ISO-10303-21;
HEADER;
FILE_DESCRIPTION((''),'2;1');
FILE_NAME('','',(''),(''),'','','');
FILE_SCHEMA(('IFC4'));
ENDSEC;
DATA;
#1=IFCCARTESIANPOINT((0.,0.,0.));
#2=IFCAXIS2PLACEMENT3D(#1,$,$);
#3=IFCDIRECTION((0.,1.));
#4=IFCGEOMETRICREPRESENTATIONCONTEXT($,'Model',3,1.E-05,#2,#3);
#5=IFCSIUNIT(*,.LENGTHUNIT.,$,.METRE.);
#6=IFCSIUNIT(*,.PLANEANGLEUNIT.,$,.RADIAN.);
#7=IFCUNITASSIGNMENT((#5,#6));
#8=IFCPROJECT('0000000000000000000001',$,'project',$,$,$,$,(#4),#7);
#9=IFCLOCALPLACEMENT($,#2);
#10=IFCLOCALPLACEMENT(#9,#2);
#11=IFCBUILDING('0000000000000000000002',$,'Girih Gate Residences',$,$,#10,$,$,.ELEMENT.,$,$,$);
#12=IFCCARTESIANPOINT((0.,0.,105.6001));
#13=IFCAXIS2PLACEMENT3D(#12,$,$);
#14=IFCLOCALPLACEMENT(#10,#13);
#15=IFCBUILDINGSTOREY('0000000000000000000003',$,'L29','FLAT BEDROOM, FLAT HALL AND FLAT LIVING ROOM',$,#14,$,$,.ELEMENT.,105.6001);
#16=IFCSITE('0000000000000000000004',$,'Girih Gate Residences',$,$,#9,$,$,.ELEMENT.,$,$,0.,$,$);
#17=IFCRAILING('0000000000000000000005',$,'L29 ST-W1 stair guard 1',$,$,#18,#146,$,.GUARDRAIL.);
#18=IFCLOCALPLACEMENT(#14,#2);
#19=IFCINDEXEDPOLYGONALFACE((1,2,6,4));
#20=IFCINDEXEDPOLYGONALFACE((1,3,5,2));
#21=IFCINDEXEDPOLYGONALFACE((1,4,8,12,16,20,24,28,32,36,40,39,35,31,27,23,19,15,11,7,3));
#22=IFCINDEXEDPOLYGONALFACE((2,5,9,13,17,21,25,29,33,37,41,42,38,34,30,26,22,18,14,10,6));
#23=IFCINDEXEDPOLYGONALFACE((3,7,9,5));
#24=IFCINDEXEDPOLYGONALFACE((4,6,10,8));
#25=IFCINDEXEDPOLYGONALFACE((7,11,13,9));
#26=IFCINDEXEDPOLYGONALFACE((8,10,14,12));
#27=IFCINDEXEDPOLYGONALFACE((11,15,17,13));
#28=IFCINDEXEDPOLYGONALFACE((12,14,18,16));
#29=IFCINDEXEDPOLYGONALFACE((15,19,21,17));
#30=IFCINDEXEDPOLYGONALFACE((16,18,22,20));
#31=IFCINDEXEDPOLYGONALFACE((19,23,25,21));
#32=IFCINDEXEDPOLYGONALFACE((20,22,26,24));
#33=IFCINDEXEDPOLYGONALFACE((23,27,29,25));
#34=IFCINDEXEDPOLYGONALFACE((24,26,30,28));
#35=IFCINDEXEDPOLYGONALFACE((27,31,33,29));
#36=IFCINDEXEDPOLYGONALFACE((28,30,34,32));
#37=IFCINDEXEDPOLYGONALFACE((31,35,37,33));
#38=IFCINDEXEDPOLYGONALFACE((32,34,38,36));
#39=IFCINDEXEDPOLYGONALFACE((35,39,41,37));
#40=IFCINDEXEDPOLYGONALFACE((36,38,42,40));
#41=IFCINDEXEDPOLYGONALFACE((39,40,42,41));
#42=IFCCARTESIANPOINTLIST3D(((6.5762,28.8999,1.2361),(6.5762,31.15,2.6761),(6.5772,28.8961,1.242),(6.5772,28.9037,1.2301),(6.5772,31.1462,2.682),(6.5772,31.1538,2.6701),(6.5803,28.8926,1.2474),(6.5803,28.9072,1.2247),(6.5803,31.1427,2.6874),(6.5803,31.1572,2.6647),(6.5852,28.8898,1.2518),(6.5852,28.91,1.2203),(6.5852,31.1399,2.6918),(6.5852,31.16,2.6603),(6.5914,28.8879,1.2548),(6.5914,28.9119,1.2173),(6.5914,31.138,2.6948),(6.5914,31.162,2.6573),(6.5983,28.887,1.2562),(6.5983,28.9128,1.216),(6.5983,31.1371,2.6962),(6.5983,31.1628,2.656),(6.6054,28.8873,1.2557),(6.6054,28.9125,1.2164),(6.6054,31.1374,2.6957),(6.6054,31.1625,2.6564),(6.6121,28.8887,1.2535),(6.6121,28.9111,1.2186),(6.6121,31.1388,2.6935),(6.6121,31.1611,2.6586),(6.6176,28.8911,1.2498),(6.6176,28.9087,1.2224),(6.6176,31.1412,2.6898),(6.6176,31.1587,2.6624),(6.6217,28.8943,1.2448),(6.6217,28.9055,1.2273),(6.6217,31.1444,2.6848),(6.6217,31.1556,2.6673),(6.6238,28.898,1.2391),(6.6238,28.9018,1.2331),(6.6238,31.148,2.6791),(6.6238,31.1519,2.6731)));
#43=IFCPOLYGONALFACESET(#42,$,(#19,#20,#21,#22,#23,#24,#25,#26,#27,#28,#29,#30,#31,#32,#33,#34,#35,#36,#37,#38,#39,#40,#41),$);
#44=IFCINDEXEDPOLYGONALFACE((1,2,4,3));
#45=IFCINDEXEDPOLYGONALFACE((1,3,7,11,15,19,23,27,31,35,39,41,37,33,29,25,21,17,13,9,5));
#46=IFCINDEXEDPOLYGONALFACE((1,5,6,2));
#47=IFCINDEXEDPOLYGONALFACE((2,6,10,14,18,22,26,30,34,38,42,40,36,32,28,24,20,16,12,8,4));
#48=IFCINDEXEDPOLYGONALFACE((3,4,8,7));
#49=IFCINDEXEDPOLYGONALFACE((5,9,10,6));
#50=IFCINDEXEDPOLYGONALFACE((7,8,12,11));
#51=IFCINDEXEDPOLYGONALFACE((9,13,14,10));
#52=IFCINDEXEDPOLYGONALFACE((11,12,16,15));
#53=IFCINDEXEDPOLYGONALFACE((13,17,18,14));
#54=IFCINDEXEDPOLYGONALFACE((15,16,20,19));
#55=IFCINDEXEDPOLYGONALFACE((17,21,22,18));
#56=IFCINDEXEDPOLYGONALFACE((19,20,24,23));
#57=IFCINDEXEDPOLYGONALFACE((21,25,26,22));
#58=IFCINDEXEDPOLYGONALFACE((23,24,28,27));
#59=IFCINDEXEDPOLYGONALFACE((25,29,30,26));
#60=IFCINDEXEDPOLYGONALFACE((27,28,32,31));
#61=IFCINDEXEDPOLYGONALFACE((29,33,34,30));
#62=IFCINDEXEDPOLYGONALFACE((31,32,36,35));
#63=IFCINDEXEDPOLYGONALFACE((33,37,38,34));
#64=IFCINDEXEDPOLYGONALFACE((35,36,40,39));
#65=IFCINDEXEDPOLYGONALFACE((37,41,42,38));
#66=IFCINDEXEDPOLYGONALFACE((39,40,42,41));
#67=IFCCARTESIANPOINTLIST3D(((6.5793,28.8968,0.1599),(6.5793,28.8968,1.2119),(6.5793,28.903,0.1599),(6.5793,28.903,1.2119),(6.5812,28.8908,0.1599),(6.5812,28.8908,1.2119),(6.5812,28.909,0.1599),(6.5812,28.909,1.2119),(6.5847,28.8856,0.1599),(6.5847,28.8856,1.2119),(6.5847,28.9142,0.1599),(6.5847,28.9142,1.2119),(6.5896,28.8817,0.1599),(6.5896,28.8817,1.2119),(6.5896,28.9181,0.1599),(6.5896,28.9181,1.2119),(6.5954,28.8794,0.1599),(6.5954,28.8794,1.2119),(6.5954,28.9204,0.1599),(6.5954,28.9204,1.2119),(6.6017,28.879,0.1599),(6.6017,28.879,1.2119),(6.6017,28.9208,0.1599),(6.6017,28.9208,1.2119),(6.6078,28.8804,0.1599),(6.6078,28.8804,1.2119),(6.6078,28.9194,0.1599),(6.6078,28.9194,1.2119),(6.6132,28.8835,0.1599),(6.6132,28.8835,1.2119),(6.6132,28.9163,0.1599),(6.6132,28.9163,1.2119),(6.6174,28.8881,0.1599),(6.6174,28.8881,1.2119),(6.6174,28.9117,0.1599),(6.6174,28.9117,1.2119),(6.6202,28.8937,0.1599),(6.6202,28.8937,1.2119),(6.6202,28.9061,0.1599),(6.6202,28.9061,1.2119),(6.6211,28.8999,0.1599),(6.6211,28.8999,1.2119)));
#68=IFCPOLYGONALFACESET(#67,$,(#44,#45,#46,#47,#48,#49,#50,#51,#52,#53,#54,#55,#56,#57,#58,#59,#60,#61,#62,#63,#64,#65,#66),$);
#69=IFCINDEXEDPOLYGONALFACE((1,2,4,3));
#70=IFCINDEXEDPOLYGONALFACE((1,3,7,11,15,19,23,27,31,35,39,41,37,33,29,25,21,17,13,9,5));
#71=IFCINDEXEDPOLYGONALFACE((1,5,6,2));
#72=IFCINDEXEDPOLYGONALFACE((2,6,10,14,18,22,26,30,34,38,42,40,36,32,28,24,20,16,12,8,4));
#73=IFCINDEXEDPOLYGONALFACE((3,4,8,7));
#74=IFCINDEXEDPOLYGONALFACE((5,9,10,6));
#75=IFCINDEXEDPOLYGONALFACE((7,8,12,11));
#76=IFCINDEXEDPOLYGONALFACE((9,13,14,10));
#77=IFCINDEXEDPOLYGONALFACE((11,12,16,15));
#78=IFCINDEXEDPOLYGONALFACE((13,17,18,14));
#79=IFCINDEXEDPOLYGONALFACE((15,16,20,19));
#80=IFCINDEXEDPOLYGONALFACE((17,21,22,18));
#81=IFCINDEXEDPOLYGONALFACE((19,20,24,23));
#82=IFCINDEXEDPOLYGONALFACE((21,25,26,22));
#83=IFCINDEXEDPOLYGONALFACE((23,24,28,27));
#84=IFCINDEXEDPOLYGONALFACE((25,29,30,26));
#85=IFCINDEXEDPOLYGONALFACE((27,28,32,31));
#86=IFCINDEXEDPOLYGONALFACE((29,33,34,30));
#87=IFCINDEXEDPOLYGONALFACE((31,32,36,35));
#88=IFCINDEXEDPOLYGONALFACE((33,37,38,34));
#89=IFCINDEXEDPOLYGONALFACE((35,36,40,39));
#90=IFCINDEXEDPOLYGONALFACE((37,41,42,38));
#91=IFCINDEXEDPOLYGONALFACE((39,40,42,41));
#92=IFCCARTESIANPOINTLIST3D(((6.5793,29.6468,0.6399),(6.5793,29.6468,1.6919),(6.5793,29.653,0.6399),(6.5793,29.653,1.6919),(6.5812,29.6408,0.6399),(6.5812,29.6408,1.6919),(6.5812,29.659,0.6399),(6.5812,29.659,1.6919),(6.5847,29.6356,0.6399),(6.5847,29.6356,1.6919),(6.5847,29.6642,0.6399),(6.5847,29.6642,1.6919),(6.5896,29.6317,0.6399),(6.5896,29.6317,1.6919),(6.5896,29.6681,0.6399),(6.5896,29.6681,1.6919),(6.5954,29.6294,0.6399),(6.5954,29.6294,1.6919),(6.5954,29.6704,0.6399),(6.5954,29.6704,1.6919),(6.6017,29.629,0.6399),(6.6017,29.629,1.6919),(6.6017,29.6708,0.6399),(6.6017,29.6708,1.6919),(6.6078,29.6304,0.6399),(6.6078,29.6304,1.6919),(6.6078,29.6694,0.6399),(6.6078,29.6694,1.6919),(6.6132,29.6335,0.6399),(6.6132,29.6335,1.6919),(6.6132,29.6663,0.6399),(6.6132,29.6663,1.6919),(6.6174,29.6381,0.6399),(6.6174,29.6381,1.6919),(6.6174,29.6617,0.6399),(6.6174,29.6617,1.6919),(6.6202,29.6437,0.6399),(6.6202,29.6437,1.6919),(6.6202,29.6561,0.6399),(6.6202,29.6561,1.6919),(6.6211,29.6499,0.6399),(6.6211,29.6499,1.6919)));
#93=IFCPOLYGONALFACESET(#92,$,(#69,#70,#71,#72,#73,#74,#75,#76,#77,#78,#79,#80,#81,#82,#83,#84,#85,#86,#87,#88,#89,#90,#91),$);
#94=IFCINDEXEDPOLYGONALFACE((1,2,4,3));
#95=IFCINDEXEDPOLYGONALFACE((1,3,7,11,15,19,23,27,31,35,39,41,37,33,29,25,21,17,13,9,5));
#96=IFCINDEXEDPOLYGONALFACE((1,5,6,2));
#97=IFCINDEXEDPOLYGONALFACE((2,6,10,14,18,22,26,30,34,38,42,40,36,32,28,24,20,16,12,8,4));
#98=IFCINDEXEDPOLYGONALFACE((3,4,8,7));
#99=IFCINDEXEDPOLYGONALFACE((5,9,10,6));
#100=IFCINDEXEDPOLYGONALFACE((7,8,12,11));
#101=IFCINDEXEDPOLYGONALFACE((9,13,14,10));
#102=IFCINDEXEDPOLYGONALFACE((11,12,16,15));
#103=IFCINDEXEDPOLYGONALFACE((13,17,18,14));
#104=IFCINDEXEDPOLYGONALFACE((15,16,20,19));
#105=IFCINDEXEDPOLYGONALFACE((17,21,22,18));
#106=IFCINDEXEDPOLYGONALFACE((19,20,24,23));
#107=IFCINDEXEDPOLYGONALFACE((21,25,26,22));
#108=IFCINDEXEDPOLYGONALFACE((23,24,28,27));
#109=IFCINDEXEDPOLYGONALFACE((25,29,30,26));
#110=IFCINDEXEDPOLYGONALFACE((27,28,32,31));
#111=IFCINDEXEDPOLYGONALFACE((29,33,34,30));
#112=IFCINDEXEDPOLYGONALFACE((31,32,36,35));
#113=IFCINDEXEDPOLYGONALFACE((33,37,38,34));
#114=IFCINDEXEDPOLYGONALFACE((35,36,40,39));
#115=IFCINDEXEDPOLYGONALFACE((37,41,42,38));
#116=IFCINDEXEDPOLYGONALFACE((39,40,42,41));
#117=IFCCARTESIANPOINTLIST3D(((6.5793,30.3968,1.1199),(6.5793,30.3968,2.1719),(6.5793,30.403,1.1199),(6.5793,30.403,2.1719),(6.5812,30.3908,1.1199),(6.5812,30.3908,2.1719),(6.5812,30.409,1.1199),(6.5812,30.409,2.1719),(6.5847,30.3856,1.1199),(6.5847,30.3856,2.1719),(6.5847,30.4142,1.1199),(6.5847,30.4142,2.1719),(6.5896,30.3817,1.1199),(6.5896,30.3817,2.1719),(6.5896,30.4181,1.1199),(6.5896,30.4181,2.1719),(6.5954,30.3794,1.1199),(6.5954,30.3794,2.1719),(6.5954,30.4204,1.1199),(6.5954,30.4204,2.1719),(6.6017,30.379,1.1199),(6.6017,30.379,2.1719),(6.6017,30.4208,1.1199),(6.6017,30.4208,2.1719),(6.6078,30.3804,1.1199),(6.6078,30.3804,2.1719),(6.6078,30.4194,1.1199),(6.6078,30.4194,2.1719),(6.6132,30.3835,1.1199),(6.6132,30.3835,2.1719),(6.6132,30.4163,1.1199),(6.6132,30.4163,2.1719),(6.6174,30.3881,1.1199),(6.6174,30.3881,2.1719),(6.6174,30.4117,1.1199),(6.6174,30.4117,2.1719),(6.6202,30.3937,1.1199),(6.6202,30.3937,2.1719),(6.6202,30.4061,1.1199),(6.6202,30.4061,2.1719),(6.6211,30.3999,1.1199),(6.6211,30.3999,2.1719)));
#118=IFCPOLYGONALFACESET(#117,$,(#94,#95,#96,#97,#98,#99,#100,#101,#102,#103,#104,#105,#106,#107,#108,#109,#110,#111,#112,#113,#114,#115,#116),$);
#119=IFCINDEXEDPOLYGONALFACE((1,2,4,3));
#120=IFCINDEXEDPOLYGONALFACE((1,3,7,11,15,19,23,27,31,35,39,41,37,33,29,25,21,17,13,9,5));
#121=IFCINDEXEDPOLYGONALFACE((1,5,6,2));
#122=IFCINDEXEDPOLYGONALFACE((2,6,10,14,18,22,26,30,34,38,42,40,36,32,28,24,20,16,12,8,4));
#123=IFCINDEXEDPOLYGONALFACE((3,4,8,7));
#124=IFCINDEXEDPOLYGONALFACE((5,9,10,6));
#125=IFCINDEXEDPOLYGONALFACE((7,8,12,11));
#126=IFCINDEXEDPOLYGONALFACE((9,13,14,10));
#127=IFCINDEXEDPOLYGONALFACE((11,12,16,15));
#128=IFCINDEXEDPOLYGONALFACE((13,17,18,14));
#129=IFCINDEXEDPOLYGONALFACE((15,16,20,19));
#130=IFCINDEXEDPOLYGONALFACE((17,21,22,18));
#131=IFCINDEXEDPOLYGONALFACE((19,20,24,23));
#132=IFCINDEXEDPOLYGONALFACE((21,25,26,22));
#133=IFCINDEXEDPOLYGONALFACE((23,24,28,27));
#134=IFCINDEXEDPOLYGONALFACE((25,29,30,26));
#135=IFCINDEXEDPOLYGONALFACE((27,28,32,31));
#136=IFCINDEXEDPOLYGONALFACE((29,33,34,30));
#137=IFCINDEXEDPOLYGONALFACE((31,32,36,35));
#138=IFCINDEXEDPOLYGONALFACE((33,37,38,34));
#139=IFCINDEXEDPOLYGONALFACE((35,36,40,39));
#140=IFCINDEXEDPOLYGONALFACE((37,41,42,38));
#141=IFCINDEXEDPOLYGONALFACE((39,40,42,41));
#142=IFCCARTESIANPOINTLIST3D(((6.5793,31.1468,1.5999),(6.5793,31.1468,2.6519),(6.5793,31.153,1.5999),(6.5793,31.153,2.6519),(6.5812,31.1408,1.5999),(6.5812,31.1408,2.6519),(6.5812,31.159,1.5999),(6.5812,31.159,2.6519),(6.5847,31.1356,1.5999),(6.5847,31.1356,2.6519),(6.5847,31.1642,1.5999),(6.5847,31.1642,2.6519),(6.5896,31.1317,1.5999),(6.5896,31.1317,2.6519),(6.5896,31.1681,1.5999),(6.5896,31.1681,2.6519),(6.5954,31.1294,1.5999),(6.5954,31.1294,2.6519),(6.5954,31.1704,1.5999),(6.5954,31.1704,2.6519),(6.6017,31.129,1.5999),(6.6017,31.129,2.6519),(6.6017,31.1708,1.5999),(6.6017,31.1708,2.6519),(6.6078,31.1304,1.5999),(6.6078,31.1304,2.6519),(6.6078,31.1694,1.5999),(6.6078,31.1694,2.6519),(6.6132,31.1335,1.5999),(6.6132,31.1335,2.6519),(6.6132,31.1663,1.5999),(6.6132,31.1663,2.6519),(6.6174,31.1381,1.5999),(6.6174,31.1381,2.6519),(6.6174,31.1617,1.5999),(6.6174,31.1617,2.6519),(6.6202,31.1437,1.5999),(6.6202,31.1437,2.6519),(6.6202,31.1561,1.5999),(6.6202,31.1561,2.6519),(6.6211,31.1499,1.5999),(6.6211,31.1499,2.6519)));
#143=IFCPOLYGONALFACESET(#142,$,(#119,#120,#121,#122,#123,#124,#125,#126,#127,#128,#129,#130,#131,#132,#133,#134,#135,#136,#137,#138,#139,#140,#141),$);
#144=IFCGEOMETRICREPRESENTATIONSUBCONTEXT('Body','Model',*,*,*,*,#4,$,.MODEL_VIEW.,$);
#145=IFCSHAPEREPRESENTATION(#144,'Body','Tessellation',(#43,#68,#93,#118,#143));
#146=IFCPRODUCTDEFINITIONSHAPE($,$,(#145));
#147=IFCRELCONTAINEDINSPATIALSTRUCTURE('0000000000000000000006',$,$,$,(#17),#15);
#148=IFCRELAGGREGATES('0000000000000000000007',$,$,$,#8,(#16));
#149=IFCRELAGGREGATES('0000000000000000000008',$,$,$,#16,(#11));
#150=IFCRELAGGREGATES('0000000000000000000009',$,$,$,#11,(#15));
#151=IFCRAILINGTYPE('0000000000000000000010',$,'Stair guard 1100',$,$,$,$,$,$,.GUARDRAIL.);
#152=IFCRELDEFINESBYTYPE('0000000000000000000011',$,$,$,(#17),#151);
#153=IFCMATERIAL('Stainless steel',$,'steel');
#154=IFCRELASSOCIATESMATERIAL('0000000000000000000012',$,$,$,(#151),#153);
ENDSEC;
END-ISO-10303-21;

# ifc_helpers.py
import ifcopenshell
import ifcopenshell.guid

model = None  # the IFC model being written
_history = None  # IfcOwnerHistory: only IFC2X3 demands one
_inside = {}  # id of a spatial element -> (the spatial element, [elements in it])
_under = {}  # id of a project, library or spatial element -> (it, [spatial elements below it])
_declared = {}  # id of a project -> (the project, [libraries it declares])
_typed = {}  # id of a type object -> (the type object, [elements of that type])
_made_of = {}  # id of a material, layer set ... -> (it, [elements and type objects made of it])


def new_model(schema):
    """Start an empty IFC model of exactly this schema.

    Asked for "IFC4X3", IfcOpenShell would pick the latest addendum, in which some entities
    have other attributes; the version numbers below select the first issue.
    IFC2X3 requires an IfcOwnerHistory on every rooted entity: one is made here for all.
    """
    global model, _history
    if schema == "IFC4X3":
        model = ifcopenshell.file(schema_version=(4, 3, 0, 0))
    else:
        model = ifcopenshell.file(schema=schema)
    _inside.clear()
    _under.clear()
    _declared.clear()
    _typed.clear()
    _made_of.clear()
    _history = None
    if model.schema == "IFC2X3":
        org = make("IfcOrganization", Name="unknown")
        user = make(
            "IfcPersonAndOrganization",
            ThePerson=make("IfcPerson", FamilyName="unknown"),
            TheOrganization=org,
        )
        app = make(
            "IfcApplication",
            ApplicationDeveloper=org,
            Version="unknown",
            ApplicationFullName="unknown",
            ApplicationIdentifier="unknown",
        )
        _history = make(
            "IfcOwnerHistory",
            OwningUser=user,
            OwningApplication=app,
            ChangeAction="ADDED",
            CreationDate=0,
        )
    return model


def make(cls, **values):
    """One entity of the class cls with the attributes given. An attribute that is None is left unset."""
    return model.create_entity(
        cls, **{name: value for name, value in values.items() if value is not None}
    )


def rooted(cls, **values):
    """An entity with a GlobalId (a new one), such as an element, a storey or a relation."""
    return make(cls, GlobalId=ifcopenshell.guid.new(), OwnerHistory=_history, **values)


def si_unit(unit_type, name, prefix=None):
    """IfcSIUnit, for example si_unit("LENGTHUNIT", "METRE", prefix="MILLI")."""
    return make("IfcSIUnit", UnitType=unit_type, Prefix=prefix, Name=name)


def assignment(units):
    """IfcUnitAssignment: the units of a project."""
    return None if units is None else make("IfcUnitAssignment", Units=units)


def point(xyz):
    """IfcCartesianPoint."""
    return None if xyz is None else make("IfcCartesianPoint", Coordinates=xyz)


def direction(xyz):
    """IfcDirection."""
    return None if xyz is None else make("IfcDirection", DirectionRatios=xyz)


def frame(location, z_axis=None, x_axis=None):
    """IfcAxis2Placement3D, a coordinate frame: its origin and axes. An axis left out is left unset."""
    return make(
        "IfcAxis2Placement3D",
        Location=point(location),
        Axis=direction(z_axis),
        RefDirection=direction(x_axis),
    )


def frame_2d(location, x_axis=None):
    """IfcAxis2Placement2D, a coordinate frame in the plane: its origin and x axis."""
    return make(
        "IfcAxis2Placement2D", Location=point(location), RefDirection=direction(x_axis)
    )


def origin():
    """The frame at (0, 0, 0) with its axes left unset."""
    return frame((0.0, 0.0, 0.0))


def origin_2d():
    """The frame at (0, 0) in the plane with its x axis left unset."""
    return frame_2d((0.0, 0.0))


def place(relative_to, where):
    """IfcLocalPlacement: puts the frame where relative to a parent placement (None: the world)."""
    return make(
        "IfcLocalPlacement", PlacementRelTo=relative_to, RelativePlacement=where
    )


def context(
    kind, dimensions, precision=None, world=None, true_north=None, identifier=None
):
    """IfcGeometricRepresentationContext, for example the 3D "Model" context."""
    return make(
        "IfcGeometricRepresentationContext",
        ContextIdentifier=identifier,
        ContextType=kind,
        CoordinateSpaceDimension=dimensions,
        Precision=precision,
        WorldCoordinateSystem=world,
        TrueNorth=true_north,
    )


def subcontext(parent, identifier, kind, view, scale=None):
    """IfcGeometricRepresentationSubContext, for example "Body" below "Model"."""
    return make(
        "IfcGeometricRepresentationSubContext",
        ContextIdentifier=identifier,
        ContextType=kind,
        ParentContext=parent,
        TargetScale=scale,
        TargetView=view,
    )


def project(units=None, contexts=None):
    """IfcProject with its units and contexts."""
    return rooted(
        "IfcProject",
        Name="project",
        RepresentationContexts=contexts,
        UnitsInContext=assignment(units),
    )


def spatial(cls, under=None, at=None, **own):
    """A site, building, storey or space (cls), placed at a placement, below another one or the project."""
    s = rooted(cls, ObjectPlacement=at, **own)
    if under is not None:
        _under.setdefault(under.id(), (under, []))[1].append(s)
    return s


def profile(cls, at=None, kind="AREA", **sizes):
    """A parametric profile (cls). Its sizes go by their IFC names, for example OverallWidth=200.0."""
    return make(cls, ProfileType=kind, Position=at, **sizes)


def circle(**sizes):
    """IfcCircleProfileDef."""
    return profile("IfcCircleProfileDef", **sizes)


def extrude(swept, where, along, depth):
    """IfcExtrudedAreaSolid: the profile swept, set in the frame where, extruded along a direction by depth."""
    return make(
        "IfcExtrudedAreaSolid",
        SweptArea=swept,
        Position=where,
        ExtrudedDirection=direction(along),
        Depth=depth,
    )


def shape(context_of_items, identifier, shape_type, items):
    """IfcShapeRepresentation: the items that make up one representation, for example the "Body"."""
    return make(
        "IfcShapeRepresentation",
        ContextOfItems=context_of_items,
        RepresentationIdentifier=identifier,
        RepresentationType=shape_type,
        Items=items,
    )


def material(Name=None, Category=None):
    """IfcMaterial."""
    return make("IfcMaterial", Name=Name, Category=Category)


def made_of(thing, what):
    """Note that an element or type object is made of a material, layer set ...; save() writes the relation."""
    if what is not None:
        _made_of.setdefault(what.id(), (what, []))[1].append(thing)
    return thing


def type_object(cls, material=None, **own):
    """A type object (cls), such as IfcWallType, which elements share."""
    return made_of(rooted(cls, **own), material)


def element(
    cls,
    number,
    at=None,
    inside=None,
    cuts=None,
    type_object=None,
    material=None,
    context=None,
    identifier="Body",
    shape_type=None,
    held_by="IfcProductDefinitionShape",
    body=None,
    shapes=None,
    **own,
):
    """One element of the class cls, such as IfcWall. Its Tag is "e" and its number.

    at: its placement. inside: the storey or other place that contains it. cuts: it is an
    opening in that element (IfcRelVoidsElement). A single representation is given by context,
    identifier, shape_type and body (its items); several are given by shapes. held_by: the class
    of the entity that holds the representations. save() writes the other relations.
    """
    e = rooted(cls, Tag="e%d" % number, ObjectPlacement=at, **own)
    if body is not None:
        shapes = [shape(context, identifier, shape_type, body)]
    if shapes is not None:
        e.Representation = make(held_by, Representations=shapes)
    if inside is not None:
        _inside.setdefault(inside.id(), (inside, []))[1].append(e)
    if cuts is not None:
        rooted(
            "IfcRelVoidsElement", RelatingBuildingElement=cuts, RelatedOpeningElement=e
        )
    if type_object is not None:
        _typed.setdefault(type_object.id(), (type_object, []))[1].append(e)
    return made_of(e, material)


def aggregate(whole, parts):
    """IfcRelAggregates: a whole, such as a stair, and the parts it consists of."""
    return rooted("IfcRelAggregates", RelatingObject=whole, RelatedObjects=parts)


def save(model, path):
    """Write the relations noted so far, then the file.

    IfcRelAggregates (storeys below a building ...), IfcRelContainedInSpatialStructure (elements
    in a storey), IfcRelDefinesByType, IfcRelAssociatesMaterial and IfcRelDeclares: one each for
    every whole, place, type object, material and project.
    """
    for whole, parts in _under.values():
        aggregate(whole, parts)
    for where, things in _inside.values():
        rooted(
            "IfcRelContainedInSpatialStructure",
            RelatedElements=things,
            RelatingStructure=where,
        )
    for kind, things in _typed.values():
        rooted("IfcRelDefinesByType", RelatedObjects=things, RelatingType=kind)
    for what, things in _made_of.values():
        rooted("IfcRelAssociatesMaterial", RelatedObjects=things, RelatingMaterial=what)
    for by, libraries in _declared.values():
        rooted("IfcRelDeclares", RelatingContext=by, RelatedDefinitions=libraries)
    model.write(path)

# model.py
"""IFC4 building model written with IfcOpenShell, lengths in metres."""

from ifc_helpers import new_model, si_unit, direction, frame, origin, origin_2d, place, context, subcontext, project, spatial, circle, extrude, material, type_object, element, save


model = new_model("IFC4")

# Units and contexts
model_context = context("Model", 3, precision=1e-05, world=origin(), true_north=direction((0.0, 1.0)))
body_context = subcontext(model_context, "Body", "Model", "MODEL_VIEW")
ifc_project = project(units=[si_unit("LENGTHUNIT", "METRE"), si_unit("PLANEANGLEUNIT", "RADIAN")], contexts=[model_context])

# Site, building, storey
site_placement = place(None, origin())
site = spatial("IfcSite", under=ifc_project, at=site_placement, Name="Girih Gate Residences", CompositionType="ELEMENT", RefElevation=0.0)
building_placement = place(site_placement, origin())
building = spatial("IfcBuilding", under=site, at=building_placement, Name="Girih Gate Residences", CompositionType="ELEMENT")
storey_placement = place(building_placement, frame((0.0, 0.0, 105.6001)))
storey = spatial("IfcBuildingStorey", under=building, at=storey_placement, Name="L29", Description="FLAT BEDROOM, FLAT HALL AND FLAT LIVING ROOM", CompositionType="ELEMENT", Elevation=105.6001)

# Railing
ifc_material_1 = material(Name="Stainless steel", Category="steel")
railing_type_1 = type_object("IfcRailingType", Name="Stair guard 1100", PredefinedType="GUARDRAIL", material=ifc_material_1)
railing_1_placement = place(storey_placement, frame((6.6001, 28.8999, 0.1599)))
element("IfcRailing", 1, at=railing_1_placement, inside=storey, type_object=railing_type_1, Name="L29 ST-W1 stair guard 1", PredefinedType="GUARDRAIL", context=body_context, shape_type="SweptSolid", body=[
    extrude(circle(Radius=0.0239, at=origin_2d()), frame((0.0, 0.0, 1.0762), z_axis=(0.0, 0.842281, 0.539038), x_axis=(-1.0, 0.0, 0.0)), (0.0, 0.0, 1.0), 2.6714),
    extrude(circle(Radius=0.021, at=origin_2d()), origin(), (0.0, 0.0, 1.0), 1.052),
    extrude(circle(Radius=0.021, at=origin_2d()), frame((0.0, 0.75, 0.48)), (0.0, 0.0, 1.0), 1.052),
    extrude(circle(Radius=0.021, at=origin_2d()), frame((0.0, 1.5, 0.96)), (0.0, 0.0, 1.0), 1.052),
    extrude(circle(Radius=0.021, at=origin_2d()), frame((0.0, 2.25, 1.4399)), (0.0, 0.0, 1.0), 1.052),
])

save(model, "model.ifc")
